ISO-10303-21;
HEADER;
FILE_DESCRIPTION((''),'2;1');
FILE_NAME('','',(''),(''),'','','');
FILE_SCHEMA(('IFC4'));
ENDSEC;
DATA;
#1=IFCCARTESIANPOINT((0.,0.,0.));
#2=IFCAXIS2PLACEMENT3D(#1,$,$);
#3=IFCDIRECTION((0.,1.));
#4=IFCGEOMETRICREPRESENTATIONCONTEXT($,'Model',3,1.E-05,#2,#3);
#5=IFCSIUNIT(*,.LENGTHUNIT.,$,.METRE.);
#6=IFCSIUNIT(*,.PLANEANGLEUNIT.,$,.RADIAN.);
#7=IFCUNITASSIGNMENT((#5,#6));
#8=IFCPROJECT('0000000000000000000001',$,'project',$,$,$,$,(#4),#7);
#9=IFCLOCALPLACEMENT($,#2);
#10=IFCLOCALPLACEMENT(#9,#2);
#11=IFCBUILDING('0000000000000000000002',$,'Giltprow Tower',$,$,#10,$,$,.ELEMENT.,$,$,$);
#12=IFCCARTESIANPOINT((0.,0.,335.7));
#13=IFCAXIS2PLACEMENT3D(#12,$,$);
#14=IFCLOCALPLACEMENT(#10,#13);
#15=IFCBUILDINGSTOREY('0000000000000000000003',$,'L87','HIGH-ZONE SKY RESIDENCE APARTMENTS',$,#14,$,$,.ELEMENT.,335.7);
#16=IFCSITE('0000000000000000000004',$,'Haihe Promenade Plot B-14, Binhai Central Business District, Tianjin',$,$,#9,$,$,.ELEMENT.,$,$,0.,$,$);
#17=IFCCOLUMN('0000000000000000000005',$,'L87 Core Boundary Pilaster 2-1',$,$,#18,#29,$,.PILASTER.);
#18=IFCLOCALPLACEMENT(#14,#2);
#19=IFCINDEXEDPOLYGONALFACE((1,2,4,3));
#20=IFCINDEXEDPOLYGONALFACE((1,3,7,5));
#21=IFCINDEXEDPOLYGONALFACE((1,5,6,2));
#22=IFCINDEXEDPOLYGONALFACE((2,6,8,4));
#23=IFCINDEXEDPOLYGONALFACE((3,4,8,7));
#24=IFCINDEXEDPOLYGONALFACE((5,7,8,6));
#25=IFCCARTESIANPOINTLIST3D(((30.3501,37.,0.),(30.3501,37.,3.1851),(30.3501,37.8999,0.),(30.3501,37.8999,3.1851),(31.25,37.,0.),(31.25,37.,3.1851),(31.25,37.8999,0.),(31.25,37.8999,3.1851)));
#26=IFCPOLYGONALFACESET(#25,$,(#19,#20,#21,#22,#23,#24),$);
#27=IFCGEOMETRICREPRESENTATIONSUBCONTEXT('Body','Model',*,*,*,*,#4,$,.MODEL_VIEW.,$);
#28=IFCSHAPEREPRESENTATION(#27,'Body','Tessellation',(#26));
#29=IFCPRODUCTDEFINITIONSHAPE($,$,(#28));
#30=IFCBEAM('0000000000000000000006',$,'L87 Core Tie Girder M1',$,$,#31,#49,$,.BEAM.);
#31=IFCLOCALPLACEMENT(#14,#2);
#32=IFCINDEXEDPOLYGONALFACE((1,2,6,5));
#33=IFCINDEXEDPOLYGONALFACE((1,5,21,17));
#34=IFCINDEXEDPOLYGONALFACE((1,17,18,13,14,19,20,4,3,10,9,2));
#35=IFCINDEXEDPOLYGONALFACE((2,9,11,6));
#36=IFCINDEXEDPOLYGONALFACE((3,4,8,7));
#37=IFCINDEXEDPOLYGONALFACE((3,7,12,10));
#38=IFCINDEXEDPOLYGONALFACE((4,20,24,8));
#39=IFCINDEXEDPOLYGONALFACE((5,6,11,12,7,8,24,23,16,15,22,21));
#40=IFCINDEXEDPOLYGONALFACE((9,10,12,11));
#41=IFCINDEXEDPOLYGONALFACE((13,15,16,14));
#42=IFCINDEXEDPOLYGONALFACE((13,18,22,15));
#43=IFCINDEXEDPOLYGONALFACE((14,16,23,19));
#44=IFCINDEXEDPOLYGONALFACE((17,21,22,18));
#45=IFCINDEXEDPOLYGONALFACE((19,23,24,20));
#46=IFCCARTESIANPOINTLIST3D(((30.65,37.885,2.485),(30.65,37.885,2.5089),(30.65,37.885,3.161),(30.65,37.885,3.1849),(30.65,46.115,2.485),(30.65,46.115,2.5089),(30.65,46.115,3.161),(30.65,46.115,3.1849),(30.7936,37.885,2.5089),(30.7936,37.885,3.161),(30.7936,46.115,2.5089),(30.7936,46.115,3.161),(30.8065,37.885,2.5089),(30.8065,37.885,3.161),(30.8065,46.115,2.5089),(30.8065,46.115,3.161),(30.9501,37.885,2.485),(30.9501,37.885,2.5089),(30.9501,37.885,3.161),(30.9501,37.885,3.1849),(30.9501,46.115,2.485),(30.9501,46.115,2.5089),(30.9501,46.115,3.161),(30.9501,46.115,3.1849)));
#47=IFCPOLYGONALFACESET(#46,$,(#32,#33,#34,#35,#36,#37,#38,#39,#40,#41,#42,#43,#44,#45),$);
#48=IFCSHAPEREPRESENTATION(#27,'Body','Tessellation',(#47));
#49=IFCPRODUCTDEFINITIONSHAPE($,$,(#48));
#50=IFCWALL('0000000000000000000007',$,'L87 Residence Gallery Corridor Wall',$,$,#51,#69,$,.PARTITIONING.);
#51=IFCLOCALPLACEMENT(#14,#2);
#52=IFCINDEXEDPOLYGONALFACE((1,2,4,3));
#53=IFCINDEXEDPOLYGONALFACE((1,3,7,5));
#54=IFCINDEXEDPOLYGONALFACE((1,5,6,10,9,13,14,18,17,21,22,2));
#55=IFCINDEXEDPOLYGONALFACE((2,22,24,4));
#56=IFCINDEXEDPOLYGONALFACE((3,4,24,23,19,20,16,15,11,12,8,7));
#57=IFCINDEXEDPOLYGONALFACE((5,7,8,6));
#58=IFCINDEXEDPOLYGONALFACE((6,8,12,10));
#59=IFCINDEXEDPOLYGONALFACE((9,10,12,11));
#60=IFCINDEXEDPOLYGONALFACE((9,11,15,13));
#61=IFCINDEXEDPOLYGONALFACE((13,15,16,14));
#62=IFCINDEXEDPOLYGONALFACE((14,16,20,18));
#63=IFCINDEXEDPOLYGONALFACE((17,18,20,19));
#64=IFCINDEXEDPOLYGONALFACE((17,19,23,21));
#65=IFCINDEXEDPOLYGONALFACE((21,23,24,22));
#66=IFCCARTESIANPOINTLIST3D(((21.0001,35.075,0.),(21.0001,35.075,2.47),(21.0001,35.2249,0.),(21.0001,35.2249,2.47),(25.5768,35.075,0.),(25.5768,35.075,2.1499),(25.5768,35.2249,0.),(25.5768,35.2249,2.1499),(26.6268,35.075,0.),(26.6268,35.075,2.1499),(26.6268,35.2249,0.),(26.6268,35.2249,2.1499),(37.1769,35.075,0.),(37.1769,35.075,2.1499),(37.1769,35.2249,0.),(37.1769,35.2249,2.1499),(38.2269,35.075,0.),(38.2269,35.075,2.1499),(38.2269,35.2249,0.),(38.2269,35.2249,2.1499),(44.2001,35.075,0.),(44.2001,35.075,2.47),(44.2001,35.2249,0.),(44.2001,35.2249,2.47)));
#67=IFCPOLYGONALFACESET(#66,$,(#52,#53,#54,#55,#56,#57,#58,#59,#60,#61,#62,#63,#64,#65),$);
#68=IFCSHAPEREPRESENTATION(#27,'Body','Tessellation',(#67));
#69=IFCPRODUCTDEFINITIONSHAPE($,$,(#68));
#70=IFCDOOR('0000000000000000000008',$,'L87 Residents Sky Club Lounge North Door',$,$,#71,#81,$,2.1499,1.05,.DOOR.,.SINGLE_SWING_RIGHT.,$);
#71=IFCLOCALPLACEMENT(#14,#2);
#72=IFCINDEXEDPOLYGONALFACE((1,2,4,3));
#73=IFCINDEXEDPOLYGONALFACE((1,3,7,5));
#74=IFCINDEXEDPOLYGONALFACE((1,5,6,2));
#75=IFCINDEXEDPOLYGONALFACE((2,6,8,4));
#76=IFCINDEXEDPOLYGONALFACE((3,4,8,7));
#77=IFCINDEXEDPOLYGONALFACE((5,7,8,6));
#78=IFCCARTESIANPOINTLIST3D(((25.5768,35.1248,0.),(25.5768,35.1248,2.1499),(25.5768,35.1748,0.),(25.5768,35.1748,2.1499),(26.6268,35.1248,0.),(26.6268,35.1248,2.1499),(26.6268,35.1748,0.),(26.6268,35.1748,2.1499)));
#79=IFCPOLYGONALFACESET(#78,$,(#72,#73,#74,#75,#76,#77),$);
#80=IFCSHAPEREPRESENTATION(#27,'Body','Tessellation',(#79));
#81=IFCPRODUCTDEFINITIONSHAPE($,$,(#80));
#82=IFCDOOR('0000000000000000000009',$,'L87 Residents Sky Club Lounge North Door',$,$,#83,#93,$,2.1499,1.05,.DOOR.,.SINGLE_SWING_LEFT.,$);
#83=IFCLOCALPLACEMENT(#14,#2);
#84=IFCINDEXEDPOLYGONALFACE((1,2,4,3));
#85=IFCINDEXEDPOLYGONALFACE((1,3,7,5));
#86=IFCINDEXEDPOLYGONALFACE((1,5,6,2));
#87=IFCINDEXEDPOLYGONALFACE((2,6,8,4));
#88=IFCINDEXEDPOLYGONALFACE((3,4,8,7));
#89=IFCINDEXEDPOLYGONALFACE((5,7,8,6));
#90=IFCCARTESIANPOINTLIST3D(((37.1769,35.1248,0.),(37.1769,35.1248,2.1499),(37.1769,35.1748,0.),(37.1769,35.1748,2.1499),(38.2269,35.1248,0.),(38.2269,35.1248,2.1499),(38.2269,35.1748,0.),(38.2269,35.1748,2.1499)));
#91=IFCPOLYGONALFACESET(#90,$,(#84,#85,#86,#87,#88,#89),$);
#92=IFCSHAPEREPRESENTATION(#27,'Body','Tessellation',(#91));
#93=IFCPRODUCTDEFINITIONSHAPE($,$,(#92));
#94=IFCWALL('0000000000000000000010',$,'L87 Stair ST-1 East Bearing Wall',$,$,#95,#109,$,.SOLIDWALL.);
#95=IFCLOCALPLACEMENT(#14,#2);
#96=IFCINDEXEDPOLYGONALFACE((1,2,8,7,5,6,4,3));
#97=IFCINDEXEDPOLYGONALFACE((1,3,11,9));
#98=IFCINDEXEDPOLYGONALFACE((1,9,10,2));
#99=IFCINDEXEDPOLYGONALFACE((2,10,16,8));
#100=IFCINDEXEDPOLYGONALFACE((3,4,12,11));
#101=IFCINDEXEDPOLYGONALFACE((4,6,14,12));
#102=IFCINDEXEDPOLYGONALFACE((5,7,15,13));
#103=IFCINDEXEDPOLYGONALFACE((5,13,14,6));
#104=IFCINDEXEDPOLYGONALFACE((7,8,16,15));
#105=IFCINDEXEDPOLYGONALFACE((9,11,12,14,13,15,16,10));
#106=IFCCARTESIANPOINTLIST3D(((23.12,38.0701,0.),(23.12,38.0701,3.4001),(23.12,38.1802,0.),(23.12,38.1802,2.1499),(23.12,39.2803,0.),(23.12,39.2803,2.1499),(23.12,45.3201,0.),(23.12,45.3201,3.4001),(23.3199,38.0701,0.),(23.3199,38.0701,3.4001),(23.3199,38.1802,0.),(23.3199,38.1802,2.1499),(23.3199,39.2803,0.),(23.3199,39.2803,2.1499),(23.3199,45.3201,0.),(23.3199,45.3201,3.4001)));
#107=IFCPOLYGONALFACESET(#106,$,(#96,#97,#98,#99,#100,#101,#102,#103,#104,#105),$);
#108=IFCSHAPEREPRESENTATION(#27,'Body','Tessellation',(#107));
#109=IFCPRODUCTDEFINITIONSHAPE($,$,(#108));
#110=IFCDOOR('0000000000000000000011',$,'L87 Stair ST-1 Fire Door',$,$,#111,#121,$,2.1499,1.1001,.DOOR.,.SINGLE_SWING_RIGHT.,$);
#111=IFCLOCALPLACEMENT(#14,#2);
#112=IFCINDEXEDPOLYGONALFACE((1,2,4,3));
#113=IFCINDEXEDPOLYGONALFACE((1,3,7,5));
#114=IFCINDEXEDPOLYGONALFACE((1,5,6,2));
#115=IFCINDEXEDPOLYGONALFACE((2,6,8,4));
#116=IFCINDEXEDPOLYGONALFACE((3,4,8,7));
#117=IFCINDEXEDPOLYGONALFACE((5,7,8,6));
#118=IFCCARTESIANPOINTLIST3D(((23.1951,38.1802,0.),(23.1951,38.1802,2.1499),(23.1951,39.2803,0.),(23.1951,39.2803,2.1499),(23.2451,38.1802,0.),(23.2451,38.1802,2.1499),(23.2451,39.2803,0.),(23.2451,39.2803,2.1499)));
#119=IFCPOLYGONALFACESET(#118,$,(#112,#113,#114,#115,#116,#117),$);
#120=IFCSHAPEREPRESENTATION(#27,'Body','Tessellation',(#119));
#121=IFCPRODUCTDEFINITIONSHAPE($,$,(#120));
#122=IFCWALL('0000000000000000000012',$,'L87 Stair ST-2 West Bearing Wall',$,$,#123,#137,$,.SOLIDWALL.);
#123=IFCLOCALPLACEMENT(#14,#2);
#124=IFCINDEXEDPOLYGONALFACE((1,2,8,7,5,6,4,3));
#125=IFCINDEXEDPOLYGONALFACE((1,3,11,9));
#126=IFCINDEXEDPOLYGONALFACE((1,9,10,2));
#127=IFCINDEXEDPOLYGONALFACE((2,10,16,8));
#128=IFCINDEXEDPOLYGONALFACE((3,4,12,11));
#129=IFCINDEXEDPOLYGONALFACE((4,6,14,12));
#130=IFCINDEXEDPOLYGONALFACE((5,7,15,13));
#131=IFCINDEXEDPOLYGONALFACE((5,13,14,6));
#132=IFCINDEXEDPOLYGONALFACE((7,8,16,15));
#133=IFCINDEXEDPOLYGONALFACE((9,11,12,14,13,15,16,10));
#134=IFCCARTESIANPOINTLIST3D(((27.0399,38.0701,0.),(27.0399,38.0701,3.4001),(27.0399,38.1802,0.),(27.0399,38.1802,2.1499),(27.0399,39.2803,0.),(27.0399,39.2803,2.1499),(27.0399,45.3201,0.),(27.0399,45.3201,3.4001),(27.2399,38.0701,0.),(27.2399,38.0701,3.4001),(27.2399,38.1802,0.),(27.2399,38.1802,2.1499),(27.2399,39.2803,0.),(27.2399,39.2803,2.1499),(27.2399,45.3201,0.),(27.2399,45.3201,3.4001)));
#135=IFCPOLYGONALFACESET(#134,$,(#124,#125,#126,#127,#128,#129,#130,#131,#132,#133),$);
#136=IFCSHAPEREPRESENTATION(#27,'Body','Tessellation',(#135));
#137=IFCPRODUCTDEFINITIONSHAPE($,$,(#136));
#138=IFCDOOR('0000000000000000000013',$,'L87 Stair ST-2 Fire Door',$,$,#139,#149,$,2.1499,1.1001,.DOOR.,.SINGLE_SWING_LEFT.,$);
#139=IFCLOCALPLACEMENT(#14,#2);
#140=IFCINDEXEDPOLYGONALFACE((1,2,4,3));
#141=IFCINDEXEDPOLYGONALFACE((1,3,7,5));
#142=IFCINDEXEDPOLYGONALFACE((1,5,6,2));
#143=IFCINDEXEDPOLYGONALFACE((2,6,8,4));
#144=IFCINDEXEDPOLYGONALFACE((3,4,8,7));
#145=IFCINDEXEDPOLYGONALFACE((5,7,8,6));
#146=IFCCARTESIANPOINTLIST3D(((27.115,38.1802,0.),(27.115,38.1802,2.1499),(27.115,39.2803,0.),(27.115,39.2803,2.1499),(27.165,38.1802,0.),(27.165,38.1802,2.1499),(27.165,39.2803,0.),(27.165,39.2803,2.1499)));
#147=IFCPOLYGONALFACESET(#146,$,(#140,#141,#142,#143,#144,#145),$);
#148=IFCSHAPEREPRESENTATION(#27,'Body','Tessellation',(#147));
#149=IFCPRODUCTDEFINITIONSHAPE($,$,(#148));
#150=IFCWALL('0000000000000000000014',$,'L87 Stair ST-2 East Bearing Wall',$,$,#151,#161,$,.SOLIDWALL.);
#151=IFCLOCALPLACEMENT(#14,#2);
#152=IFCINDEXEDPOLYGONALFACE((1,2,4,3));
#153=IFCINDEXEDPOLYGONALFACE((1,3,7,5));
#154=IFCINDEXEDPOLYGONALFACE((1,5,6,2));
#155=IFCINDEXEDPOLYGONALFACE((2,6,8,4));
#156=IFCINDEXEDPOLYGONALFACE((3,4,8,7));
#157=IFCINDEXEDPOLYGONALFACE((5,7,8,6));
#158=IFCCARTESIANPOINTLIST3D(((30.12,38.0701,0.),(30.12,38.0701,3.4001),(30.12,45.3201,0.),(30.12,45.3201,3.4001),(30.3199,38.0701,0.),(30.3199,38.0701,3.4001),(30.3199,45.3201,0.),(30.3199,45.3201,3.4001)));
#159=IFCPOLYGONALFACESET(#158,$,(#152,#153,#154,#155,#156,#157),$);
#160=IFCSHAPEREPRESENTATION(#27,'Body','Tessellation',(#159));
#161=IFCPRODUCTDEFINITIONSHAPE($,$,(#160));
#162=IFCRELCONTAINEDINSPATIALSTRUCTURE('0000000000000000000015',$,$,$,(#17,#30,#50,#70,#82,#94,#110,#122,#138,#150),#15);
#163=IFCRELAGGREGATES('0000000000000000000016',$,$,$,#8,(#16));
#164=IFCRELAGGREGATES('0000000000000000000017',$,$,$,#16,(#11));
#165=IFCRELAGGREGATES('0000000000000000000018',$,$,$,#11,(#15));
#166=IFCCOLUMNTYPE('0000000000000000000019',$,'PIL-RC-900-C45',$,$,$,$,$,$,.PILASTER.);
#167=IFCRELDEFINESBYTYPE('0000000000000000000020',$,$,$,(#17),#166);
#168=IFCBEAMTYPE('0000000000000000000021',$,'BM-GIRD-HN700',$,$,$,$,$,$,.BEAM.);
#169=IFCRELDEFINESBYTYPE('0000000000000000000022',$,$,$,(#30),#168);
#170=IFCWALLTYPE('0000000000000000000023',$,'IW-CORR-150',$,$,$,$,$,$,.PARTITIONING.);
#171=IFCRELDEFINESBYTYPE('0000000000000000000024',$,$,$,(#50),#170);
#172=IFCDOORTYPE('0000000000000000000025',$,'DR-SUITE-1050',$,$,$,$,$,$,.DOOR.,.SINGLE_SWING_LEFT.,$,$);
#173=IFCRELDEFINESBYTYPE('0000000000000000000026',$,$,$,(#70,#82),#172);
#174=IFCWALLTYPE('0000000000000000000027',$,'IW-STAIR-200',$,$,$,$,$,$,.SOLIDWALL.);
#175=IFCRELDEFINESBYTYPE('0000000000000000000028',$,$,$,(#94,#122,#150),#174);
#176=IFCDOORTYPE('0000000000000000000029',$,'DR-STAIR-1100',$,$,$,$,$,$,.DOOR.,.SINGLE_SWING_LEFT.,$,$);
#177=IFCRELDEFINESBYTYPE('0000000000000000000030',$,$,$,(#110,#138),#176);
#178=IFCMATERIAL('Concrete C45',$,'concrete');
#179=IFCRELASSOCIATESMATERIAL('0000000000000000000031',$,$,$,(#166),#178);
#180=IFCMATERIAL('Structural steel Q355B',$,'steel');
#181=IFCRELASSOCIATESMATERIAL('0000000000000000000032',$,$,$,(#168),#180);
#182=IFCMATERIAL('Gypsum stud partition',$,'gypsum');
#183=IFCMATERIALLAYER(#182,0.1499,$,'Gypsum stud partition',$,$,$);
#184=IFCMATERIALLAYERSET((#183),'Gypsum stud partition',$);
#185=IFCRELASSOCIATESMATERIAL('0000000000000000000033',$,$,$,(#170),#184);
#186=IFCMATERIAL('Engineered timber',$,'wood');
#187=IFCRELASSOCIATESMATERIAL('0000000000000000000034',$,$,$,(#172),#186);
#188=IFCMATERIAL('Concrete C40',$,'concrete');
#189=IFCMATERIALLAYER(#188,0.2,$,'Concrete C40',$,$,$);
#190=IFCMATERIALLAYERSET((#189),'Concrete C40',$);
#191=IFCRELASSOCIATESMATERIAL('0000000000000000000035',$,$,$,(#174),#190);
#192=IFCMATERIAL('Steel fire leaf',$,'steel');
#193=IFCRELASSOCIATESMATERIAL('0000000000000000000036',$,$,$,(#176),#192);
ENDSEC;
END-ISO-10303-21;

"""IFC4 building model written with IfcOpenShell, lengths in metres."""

from ifc_helpers import new_model, si_unit, direction, frame, frame_2d, origin, origin_2d, place, context, subcontext, project, spatial, rectangle, i_section, extrude, source, transform, mapped, material, layer, layer_set, material_profile, profile_set, type_object, element, fill, save


model = new_model("IFC4")

# Units and contexts
model_context = context("Model", 3, precision=1e-05, world=origin(), true_north=direction((0.0, 1.0)))
body_context = subcontext(model_context, "Body", "Model", "MODEL_VIEW")
ifc_project = project(units=[si_unit("LENGTHUNIT", "METRE"), si_unit("PLANEANGLEUNIT", "RADIAN")], contexts=[model_context])

# Site, building, storey
site_placement = place(None, origin())
site = spatial("IfcSite", under=ifc_project, at=site_placement, Name="Haihe Promenade Plot B-14, Binhai Central Business District, Tianjin", CompositionType="ELEMENT", RefElevation=0.0)
building_placement = place(site_placement, origin())
building = spatial("IfcBuilding", under=site, at=building_placement, Name="Giltprow Tower", CompositionType="ELEMENT")
storey_placement = place(building_placement, frame((0.0, 0.0, 335.7)))
storey = spatial("IfcBuildingStorey", under=building, at=storey_placement, Name="L87", Description="HIGH-ZONE SKY RESIDENCE APARTMENTS", CompositionType="ELEMENT", Elevation=335.7)

# Column
ifc_material_1 = material(Name="Concrete C45", Category="concrete")
ifc_material_profile_1 = material_profile(ifc_material_1, rectangle(XDim=0.8999, YDim=0.8999, at=origin_2d()), Name="RC 900x900")
ifc_profile_set_1 = profile_set([ifc_material_profile_1], Name="Concrete C45")
column_type = type_object("IfcColumnType", Name="PIL-RC-900-C45", PredefinedType="PILASTER", material=ifc_profile_set_1)
shared_shape_1 = source(origin(), body_context, "Body", "SweptSolid", [
    extrude(rectangle(XDim=0.8999, YDim=0.8999, at=origin_2d()), origin(), (0.0, 0.0, 1.0), 3.1851),
])
column_placement = place(storey_placement, frame((30.8, 37.45, 0.0), z_axis=(0.0, 0.0, 1.0), x_axis=(1.0, 0.0, 0.0)))
element("IfcColumn", 1, at=column_placement, inside=storey, type_object=column_type, Name="L87 Core Boundary Pilaster 2-1", PredefinedType="PILASTER", context=body_context, shape_type="MappedRepresentation", body=[
    mapped(shared_shape_1, transform((0.0, 0.0, 0.0), x_axis=(1.0, 0.0, 0.0), y_axis=(0.0, 1.0, 0.0), z_axis=(0.0, 0.0, 1.0), scale=1.0)),
])

# Beam
ifc_material_2 = material(Name="Structural steel Q355B", Category="steel")
ifc_material_profile_2 = material_profile(ifc_material_2, i_section(OverallWidth=0.3, OverallDepth=0.7, WebThickness=0.0129, FlangeThickness=0.0239, at=origin_2d()), Name="HN 700x300x13x24")
ifc_profile_set_2 = profile_set([ifc_material_profile_2], Name="Structural steel Q355B")
beam_type = type_object("IfcBeamType", Name="BM-GIRD-HN700", PredefinedType="BEAM", material=ifc_profile_set_2)
shared_shape_2 = source(origin(), body_context, "Body", "SweptSolid", [
    extrude(i_section(OverallWidth=0.3, OverallDepth=0.7, WebThickness=0.0129, FlangeThickness=0.0239, at=origin_2d()), origin(), (0.0, 0.0, 1.0), 8.23),
])
beam_placement = place(storey_placement, frame((30.8, 37.885, 2.835), z_axis=(0.0, 1.0, 0.0), x_axis=(-1.0, 0.0, 0.0)))
element("IfcBeam", 2, at=beam_placement, inside=storey, type_object=beam_type, Name="L87 Core Tie Girder M1", PredefinedType="BEAM", context=body_context, shape_type="MappedRepresentation", body=[
    mapped(shared_shape_2, transform((0.0, 0.0, 0.0), x_axis=(1.0, 0.0, 0.0), y_axis=(0.0, 1.0, 0.0), z_axis=(0.0, 0.0, 1.0), scale=1.0)),
])

# Wall, openings, doors
ifc_material_3 = material(Name="Gypsum stud partition", Category="gypsum")
ifc_layer_1 = layer(ifc_material_3, 0.1499, Name="Gypsum stud partition")
ifc_layer_set_1 = layer_set([ifc_layer_1], Name="Gypsum stud partition")
wall_type_1 = type_object("IfcWallType", Name="IW-CORR-150", PredefinedType="PARTITIONING", material=ifc_layer_set_1)
wall_1_placement = place(storey_placement, frame((21.0, 35.1499, 0.0), z_axis=(0.0, 0.0, 1.0), x_axis=(1.0, 0.0, 0.0)))
wall_1 = element("IfcWall", 3, at=wall_1_placement, inside=storey, type_object=wall_type_1, Name="L87 Residence Gallery Corridor Wall", PredefinedType="PARTITIONING", context=body_context, shape_type="SweptSolid", body=[
    extrude(rectangle(XDim=23.2, YDim=0.1499, at=frame_2d((11.6001, 0.0))), origin(), (0.0, 0.0, 1.0), 2.47),
])
opening_1_placement = place(wall_1_placement, frame((4.5769, 0.0, 0.0)))
opening_1 = element("IfcOpeningElement", 4, at=opening_1_placement, cuts=wall_1, PredefinedType="OPENING", context=body_context, shape_type="SweptSolid", body=[
    extrude(rectangle(XDim=1.05, YDim=2.1499, at=frame_2d((0.5249, 1.075))), frame((0.0, 0.085, 0.0), z_axis=(0.0, -1.0, 0.0), x_axis=(1.0, 0.0, 0.0)), (0.0, 0.0, 1.0), 0.1699),
])
opening_2_placement = place(wall_1_placement, frame((16.177, 0.0, 0.0)))
opening_2 = element("IfcOpeningElement", 5, at=opening_2_placement, cuts=wall_1, PredefinedType="OPENING", context=body_context, shape_type="SweptSolid", body=[
    extrude(rectangle(XDim=1.05, YDim=2.1499, at=frame_2d((0.5249, 1.075))), frame((0.0, 0.085, 0.0), z_axis=(0.0, -1.0, 0.0), x_axis=(1.0, 0.0, 0.0)), (0.0, 0.0, 1.0), 0.1699),
])
ifc_material_4 = material(Name="Engineered timber", Category="wood")
door_type_1 = type_object("IfcDoorType", Name="DR-SUITE-1050", OperationType="SINGLE_SWING_LEFT", PredefinedType="DOOR", material=ifc_material_4)
shared_shape_3 = source(origin(), body_context, "Body", "SweptSolid", [
    extrude(rectangle(XDim=1.05, YDim=2.1499, at=frame_2d((0.5249, 1.075))), frame((0.0, 0.0249, 0.0), z_axis=(0.0, -1.0, 0.0), x_axis=(1.0, 0.0, 0.0)), (0.0, 0.0, 1.0), 0.05),
])
door_1_placement = place(opening_1_placement, origin())
door_1 = element("IfcDoor", 6, at=door_1_placement, inside=storey, type_object=door_type_1, Name="L87 Residents Sky Club Lounge North Door", OperationType="SINGLE_SWING_RIGHT", OverallHeight=2.1499, OverallWidth=1.05, PredefinedType="DOOR", context=body_context, shape_type="MappedRepresentation", body=[
    mapped(shared_shape_3, transform((0.0, 0.0, 0.0), x_axis=(1.0, 0.0, 0.0), y_axis=(0.0, 1.0, 0.0), z_axis=(0.0, 0.0, 1.0), scale=1.0)),
])
fill(opening_1, door_1)
door_2_placement = place(opening_2_placement, origin())
door_2 = element("IfcDoor", 7, at=door_2_placement, inside=storey, type_object=door_type_1, Name="L87 Residents Sky Club Lounge North Door", OperationType="SINGLE_SWING_LEFT", OverallHeight=2.1499, OverallWidth=1.05, PredefinedType="DOOR", context=body_context, shape_type="MappedRepresentation", body=[
    mapped(shared_shape_3, transform((0.0, 0.0, 0.0), x_axis=(1.0, 0.0, 0.0), y_axis=(0.0, 1.0, 0.0), z_axis=(0.0, 0.0, 1.0), scale=1.0)),
])
fill(opening_2, door_2)

# Walls, openings, doors
ifc_material_5 = material(Name="Concrete C40", Category="concrete")
ifc_layer_2 = layer(ifc_material_5, 0.2, Name="Concrete C40")
ifc_layer_set_2 = layer_set([ifc_layer_2], Name="Concrete C40")
wall_type_2 = type_object("IfcWallType", Name="IW-STAIR-200", PredefinedType="SOLIDWALL", material=ifc_layer_set_2)
wall_2_placement = place(storey_placement, frame((23.22, 38.0701, 0.0), z_axis=(0.0, 0.0, 1.0), x_axis=(0.0, 1.0, 0.0)))
wall_2 = element("IfcWall", 8, at=wall_2_placement, inside=storey, type_object=wall_type_2, Name="L87 Stair ST-1 East Bearing Wall", PredefinedType="SOLIDWALL", context=body_context, shape_type="SweptSolid", body=[
    extrude(rectangle(XDim=7.25, YDim=0.2, at=frame_2d((3.625, 0.0))), origin(), (0.0, 0.0, 1.0), 3.4001),
])
opening_3_placement = place(wall_2_placement, frame((0.1101, 0.0, 0.0)))
opening_3 = element("IfcOpeningElement", 9, at=opening_3_placement, cuts=wall_2, PredefinedType="OPENING", context=body_context, shape_type="SweptSolid", body=[
    extrude(rectangle(XDim=1.1001, YDim=2.1499, at=frame_2d((0.55, 1.075))), frame((0.0, 0.1099, 0.0), z_axis=(0.0, -1.0, 0.0), x_axis=(1.0, 0.0, 0.0)), (0.0, 0.0, 1.0), 0.22),
])
ifc_material_6 = material(Name="Steel fire leaf", Category="steel")
door_type_2 = type_object("IfcDoorType", Name="DR-STAIR-1100", OperationType="SINGLE_SWING_LEFT", PredefinedType="DOOR", material=ifc_material_6)
shared_shape_4 = source(origin(), body_context, "Body", "SweptSolid", [
    extrude(rectangle(XDim=1.1001, YDim=2.1499, at=frame_2d((0.55, 1.075))), frame((0.0, 0.0249, 0.0), z_axis=(0.0, -1.0, 0.0), x_axis=(1.0, 0.0, 0.0)), (0.0, 0.0, 1.0), 0.05),
])
door_3_placement = place(opening_3_placement, origin())
door_3 = element("IfcDoor", 10, at=door_3_placement, inside=storey, type_object=door_type_2, Name="L87 Stair ST-1 Fire Door", OperationType="SINGLE_SWING_RIGHT", OverallHeight=2.1499, OverallWidth=1.1001, PredefinedType="DOOR", context=body_context, shape_type="MappedRepresentation", body=[
    mapped(shared_shape_4, transform((0.0, 0.0, 0.0), x_axis=(1.0, 0.0, 0.0), y_axis=(0.0, 1.0, 0.0), z_axis=(0.0, 0.0, 1.0), scale=1.0)),
])
fill(opening_3, door_3)
wall_3_placement = place(storey_placement, frame((27.1399, 38.0701, 0.0), z_axis=(0.0, 0.0, 1.0), x_axis=(0.0, 1.0, 0.0)))
wall_3 = element("IfcWall", 11, at=wall_3_placement, inside=storey, type_object=wall_type_2, Name="L87 Stair ST-2 West Bearing Wall", PredefinedType="SOLIDWALL", context=body_context, shape_type="SweptSolid", body=[
    extrude(rectangle(XDim=7.25, YDim=0.2, at=frame_2d((3.625, 0.0))), origin(), (0.0, 0.0, 1.0), 3.4001),
])
opening_4_placement = place(wall_3_placement, frame((0.1101, 0.0, 0.0)))
opening_4 = element("IfcOpeningElement", 12, at=opening_4_placement, cuts=wall_3, PredefinedType="OPENING", context=body_context, shape_type="SweptSolid", body=[
    extrude(rectangle(XDim=1.1001, YDim=2.1499, at=frame_2d((0.55, 1.075))), frame((0.0, 0.1099, 0.0), z_axis=(0.0, -1.0, 0.0), x_axis=(1.0, 0.0, 0.0)), (0.0, 0.0, 1.0), 0.22),
])
door_4_placement = place(opening_4_placement, origin())
door_4 = element("IfcDoor", 13, at=door_4_placement, inside=storey, type_object=door_type_2, Name="L87 Stair ST-2 Fire Door", OperationType="SINGLE_SWING_LEFT", OverallHeight=2.1499, OverallWidth=1.1001, PredefinedType="DOOR", context=body_context, shape_type="MappedRepresentation", body=[
    mapped(shared_shape_4, transform((0.0, 0.0, 0.0), x_axis=(1.0, 0.0, 0.0), y_axis=(0.0, 1.0, 0.0), z_axis=(0.0, 0.0, 1.0), scale=1.0)),
])
fill(opening_4, door_4)

# Wall
wall_4_placement = place(storey_placement, frame((30.22, 38.0701, 0.0), z_axis=(0.0, 0.0, 1.0), x_axis=(0.0, 1.0, 0.0)))
element("IfcWall", 14, at=wall_4_placement, inside=storey, type_object=wall_type_2, Name="L87 Stair ST-2 East Bearing Wall", PredefinedType="SOLIDWALL", context=body_context, shape_type="SweptSolid", body=[
    extrude(rectangle(XDim=7.25, YDim=0.2, at=frame_2d((3.625, 0.0))), origin(), (0.0, 0.0, 1.0), 3.4001),
])

save(model, "model.ifc")
